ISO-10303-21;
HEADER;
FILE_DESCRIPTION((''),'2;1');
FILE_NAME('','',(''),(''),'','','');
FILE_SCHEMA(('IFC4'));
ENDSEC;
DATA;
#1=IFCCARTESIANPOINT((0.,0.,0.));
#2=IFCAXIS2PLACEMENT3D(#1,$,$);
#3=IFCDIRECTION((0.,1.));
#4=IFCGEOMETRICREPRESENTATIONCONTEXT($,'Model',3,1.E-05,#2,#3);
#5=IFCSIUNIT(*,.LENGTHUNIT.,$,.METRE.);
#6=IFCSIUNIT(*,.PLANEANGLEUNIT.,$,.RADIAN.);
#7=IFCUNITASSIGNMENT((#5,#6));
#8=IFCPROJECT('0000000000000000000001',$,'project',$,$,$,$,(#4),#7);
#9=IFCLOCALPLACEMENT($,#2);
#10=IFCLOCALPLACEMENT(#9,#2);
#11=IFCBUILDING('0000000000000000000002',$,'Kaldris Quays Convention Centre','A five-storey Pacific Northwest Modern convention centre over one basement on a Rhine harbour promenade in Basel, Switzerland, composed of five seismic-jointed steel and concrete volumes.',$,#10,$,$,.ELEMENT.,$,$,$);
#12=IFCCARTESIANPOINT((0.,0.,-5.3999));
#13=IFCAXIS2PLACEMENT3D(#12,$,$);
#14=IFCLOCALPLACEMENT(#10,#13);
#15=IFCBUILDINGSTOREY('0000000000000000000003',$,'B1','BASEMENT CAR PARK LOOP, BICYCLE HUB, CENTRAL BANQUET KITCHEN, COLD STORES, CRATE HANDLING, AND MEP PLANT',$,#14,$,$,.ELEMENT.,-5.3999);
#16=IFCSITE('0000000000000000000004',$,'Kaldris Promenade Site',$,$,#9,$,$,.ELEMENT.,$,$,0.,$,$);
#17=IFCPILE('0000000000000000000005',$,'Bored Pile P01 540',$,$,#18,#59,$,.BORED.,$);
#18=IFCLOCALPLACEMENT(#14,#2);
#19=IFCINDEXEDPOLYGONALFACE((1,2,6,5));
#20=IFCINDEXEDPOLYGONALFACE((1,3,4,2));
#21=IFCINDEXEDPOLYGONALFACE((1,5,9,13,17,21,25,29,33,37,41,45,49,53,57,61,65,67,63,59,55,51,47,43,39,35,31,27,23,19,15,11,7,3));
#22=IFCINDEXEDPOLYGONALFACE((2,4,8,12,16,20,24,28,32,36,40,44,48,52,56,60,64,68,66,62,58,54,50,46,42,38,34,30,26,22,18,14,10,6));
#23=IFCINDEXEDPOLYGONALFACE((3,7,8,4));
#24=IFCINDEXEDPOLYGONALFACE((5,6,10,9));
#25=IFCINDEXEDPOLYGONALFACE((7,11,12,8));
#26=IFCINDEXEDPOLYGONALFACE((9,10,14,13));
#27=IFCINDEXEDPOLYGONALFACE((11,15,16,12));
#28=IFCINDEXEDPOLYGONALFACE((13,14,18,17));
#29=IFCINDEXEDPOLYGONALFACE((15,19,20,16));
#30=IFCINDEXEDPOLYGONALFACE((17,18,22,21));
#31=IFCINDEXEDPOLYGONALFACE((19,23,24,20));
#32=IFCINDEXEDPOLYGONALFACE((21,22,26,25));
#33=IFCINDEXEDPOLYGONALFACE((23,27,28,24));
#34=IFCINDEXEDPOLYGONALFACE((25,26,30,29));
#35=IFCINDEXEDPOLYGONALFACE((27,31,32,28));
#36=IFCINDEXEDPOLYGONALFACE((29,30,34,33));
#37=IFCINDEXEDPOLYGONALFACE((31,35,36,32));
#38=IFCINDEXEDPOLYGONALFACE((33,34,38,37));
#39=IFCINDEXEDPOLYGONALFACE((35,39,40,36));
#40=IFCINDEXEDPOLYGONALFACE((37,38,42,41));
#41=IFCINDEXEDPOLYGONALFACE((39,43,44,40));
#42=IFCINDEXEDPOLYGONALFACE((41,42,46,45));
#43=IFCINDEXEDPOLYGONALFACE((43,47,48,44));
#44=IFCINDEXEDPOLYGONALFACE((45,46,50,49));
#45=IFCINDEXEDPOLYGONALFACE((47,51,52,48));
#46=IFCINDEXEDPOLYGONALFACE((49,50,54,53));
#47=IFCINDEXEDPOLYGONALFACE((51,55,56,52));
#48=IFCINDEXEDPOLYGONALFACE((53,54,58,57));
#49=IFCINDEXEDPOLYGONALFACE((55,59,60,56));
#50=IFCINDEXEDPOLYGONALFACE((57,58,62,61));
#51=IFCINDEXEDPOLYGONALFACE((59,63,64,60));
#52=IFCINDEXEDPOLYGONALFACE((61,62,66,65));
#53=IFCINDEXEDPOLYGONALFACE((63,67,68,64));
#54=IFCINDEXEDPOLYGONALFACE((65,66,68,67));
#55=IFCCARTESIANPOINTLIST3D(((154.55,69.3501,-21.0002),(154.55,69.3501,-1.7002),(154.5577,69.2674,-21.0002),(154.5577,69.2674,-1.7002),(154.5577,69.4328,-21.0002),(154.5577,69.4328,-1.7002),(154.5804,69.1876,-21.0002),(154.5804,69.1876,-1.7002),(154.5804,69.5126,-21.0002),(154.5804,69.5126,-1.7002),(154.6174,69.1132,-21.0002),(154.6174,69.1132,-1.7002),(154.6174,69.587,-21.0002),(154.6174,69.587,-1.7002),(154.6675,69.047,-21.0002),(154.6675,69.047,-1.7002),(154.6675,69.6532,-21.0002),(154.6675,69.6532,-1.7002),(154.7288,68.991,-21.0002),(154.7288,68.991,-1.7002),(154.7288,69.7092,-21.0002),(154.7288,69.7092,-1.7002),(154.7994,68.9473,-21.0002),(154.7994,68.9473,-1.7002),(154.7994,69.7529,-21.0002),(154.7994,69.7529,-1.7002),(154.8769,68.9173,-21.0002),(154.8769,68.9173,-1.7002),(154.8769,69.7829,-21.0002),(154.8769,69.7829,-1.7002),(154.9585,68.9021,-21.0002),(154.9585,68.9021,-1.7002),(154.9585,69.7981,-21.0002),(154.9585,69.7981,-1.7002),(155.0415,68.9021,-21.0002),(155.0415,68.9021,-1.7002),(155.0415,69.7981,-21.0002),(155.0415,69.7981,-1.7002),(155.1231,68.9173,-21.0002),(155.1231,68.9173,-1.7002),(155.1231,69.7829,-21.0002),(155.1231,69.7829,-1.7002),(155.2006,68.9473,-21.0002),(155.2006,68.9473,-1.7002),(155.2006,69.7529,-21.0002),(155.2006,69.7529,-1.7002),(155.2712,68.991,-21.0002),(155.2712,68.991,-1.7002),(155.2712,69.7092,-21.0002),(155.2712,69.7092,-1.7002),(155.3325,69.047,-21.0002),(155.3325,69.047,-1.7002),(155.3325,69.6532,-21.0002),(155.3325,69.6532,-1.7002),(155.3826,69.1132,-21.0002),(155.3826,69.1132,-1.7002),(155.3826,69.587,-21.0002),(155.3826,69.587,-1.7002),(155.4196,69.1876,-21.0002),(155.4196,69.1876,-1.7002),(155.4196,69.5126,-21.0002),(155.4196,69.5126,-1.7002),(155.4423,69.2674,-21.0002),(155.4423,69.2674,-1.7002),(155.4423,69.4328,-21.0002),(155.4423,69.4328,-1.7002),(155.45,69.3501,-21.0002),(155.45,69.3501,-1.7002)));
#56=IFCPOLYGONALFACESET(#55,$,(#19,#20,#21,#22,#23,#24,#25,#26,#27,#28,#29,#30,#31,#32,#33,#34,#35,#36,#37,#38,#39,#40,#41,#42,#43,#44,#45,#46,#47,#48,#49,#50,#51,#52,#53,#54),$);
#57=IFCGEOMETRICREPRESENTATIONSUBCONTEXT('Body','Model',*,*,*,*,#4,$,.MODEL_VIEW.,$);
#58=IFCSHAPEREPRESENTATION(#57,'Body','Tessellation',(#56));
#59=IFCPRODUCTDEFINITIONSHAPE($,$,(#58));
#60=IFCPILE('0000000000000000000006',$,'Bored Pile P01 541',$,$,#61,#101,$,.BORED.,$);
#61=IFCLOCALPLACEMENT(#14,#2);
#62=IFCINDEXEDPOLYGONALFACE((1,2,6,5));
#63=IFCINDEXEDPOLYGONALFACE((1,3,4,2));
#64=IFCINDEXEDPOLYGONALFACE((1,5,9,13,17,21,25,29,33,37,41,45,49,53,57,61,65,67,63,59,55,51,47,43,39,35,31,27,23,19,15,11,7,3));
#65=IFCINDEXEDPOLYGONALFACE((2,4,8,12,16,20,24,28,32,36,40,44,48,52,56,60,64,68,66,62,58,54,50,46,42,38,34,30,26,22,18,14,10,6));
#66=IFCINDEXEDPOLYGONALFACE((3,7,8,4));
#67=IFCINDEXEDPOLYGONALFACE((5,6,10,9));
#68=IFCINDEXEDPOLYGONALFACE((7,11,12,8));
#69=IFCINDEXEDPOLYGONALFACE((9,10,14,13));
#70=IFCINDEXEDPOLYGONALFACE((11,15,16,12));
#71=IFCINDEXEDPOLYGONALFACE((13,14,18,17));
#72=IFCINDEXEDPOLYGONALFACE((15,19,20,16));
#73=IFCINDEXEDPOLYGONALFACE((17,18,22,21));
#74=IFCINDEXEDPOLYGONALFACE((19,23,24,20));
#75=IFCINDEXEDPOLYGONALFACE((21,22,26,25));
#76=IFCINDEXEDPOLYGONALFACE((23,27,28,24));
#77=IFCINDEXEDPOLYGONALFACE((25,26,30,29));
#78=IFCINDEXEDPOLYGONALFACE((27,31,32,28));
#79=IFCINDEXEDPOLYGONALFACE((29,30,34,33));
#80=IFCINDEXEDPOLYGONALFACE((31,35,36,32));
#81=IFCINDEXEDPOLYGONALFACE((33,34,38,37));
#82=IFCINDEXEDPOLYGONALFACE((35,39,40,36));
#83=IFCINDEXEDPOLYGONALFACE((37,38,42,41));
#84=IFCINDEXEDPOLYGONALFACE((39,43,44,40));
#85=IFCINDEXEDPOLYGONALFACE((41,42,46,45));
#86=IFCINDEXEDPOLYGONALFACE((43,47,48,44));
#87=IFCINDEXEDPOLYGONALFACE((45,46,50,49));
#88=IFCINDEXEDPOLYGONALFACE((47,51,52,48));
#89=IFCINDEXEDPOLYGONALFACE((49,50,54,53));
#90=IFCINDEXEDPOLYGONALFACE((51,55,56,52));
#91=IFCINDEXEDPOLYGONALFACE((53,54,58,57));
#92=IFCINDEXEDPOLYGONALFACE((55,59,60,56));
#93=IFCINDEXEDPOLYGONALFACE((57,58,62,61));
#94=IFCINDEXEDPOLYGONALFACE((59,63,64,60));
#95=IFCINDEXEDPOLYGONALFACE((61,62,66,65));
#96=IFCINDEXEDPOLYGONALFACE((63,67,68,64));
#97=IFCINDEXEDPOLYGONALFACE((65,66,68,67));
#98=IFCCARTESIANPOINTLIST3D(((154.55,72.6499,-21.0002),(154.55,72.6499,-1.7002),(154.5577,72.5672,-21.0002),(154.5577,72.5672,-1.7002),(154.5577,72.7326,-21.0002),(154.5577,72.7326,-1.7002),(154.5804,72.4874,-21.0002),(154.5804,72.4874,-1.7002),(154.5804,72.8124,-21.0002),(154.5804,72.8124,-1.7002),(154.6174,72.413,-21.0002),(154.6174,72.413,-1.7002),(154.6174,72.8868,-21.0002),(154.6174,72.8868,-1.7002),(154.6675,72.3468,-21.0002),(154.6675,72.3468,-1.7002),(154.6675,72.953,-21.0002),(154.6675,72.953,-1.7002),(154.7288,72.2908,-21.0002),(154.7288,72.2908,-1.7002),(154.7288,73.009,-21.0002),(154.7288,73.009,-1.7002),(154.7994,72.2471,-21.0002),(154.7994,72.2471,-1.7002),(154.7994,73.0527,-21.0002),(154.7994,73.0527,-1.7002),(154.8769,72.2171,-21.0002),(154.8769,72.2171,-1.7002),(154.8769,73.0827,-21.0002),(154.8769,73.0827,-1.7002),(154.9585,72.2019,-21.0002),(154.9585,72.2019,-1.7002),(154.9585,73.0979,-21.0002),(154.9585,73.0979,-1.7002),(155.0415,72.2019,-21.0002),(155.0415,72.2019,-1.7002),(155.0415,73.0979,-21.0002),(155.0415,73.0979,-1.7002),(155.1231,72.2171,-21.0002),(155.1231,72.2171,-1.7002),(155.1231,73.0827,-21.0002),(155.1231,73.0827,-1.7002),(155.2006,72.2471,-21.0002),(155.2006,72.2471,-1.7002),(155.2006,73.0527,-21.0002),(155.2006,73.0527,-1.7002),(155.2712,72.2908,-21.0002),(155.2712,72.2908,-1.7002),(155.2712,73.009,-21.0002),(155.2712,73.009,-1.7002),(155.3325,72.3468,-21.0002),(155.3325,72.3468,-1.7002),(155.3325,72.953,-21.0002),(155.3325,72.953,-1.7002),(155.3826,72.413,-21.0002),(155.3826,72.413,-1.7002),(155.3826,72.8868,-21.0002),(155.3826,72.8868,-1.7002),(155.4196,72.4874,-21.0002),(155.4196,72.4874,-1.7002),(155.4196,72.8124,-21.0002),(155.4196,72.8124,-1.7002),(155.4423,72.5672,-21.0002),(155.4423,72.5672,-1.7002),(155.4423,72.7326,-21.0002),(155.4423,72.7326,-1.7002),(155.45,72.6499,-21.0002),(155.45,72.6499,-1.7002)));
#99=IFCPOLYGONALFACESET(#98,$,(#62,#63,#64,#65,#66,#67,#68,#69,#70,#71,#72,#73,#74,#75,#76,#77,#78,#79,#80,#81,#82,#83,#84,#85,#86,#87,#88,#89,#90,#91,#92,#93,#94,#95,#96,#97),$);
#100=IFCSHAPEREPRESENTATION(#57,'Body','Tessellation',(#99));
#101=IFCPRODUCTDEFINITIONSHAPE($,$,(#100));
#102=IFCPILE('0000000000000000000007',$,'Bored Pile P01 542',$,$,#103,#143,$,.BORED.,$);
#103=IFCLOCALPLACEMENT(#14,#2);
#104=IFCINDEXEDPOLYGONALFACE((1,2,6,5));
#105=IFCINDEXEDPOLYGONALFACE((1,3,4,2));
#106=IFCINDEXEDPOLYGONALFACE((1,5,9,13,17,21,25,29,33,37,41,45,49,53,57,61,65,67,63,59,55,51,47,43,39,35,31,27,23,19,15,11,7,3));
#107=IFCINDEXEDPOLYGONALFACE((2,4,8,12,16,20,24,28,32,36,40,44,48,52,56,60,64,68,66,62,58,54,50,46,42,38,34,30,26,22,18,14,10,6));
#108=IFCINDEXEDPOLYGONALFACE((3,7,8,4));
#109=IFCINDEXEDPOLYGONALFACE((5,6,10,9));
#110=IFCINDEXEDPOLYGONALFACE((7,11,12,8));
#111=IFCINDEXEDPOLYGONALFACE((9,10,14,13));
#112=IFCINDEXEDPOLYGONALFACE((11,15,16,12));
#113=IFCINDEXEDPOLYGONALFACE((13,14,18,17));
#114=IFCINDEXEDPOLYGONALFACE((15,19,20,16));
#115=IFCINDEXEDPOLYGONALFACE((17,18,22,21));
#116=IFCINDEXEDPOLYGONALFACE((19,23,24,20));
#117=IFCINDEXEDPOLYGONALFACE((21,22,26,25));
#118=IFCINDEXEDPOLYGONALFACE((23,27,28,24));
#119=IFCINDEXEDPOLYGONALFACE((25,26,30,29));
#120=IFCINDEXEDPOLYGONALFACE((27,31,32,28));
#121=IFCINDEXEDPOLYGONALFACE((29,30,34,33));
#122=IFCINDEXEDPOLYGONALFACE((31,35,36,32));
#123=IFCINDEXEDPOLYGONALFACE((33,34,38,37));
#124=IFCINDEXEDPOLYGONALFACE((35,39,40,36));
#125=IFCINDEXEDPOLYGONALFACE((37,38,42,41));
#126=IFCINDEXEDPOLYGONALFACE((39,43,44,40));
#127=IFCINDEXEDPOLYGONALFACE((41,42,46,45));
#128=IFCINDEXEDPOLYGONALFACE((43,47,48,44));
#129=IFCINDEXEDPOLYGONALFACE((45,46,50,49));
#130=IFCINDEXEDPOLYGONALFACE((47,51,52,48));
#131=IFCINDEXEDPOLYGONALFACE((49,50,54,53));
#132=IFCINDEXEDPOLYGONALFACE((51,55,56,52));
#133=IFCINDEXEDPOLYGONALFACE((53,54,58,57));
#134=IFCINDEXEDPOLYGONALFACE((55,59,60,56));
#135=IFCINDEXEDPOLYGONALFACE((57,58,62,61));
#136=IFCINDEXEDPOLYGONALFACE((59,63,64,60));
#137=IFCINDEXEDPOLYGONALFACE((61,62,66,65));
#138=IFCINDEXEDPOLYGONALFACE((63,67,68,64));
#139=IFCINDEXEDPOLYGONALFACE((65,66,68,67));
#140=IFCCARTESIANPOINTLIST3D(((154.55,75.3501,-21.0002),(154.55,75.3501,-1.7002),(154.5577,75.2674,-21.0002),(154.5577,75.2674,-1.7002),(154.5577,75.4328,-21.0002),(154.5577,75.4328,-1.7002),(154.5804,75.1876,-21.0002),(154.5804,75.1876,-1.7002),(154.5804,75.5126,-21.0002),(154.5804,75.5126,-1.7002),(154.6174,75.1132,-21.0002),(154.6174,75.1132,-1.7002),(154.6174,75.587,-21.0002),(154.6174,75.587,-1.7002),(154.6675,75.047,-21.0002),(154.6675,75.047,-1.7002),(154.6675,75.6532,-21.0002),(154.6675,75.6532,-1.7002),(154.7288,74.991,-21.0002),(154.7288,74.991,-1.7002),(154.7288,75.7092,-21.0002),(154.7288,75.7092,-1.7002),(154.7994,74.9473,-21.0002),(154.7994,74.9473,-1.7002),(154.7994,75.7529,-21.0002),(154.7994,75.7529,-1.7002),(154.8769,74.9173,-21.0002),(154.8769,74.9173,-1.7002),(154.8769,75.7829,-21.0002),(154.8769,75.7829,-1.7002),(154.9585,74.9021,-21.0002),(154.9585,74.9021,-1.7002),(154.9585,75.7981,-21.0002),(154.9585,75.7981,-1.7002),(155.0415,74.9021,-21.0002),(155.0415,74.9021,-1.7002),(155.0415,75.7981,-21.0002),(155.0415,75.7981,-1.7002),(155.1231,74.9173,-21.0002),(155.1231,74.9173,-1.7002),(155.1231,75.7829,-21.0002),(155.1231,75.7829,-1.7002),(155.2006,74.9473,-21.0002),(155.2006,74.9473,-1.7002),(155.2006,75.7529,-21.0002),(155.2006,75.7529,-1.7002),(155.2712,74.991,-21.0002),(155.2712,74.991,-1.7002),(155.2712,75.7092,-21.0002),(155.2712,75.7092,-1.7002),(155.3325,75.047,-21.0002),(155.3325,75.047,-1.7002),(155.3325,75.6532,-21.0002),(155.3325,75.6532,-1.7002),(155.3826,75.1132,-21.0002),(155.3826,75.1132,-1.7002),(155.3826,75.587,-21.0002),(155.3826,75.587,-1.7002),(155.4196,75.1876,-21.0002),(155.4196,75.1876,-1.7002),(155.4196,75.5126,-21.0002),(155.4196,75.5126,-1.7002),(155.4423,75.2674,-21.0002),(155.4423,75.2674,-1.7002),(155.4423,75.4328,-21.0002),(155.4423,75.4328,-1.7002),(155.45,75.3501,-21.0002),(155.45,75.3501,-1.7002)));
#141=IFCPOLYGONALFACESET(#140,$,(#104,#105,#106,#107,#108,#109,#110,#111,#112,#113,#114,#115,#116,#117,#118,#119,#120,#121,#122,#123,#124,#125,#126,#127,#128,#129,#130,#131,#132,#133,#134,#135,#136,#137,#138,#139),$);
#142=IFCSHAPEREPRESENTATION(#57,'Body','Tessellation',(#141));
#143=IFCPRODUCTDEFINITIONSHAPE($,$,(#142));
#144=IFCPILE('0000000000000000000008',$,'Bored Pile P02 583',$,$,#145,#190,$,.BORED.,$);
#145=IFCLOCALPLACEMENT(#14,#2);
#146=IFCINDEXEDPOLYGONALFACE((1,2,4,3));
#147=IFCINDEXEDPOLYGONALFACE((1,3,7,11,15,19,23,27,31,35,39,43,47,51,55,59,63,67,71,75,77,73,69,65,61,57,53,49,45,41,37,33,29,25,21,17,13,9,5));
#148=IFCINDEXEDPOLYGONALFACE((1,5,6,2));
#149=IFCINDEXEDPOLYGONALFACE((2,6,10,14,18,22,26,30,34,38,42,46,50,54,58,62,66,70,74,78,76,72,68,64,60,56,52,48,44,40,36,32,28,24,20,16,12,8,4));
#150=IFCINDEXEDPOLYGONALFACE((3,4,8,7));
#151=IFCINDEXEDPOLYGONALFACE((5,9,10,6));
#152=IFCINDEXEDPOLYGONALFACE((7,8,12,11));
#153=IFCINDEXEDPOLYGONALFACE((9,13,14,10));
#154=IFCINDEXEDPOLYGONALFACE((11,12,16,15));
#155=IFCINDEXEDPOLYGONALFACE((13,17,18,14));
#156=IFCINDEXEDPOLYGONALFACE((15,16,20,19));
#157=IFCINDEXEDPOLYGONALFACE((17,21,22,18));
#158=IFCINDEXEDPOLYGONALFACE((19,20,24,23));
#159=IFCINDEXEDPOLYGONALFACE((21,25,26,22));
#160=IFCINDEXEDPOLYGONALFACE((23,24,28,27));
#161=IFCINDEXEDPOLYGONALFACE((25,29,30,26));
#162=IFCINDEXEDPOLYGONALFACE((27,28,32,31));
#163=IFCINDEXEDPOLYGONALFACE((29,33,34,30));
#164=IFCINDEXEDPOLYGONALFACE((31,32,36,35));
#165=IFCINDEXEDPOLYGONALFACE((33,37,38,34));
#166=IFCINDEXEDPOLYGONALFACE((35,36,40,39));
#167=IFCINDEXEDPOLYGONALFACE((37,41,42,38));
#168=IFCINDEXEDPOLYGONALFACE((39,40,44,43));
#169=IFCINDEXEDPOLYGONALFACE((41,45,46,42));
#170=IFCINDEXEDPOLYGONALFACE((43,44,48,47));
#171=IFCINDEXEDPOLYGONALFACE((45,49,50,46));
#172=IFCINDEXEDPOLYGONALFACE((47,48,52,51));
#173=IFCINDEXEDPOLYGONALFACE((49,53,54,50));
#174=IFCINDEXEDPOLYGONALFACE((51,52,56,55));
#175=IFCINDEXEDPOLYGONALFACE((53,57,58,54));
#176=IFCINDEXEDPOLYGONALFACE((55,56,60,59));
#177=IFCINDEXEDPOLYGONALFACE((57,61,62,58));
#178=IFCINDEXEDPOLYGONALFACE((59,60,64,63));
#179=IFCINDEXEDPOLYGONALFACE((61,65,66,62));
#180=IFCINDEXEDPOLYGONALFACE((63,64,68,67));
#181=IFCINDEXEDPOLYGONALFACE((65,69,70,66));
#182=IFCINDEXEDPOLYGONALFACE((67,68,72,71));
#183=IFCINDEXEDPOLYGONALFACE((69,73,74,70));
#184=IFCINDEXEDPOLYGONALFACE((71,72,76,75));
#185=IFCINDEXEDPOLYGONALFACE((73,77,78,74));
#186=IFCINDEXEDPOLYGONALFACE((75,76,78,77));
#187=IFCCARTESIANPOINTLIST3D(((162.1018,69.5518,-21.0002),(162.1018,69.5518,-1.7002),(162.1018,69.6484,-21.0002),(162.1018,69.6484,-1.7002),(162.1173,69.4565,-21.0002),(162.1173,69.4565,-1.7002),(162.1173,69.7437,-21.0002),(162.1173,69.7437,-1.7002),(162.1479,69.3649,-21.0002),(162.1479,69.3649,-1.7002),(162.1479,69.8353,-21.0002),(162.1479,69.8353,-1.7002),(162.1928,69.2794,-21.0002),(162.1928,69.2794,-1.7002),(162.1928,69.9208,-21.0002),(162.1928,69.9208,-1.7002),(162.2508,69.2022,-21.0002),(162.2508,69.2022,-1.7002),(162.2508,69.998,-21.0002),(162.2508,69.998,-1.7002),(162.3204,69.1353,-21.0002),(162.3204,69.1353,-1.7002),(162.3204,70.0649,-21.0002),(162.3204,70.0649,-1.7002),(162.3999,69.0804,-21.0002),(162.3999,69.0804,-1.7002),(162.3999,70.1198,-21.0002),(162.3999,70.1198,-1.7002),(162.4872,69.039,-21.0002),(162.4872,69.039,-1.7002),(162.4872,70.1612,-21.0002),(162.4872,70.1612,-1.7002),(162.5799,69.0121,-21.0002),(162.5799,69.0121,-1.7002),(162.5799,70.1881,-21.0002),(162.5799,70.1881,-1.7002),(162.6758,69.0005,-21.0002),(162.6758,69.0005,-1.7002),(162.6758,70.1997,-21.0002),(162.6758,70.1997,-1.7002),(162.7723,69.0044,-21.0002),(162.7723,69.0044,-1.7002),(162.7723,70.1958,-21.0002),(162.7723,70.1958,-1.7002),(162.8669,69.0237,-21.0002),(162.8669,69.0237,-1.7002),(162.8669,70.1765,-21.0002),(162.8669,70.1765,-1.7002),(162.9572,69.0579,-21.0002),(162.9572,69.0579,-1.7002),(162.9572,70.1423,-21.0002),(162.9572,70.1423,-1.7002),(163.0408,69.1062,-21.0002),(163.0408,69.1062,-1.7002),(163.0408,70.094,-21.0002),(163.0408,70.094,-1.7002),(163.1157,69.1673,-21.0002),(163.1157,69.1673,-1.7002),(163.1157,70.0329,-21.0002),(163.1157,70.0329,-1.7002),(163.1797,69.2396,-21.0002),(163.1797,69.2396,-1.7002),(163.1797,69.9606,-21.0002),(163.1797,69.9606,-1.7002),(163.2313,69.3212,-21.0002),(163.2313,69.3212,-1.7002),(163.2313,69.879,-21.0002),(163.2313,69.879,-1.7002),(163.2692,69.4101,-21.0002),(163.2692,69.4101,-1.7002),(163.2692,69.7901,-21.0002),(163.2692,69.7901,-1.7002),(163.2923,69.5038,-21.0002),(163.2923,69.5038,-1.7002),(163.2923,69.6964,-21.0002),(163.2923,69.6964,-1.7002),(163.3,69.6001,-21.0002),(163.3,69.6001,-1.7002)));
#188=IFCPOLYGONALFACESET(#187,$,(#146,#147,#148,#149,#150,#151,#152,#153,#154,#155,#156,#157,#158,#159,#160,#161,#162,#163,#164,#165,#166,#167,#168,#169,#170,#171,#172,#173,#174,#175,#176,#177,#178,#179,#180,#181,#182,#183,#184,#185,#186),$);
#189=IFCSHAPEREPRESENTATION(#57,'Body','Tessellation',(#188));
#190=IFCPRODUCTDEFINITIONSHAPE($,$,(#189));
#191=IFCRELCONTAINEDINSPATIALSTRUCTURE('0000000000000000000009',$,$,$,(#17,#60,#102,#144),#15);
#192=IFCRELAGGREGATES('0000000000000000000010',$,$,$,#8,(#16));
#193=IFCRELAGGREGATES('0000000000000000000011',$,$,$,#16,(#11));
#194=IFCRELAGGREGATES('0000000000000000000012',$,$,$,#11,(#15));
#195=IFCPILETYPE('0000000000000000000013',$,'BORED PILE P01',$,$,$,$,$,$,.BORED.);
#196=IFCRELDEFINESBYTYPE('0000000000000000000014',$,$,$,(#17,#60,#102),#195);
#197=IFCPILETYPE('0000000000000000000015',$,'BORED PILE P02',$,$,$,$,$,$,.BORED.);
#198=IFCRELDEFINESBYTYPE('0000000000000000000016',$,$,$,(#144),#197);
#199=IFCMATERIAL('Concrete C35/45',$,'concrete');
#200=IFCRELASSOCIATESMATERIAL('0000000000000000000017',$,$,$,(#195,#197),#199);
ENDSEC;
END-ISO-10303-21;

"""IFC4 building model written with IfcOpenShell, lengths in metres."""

from ifc_helpers import new_model, si_unit, direction, frame, origin, origin_2d, place, context, subcontext, project, spatial, circle, extrude, material, material_profile, profile_set, type_object, element, save


model = new_model("IFC4")

# Units and contexts
model_context = context("Model", 3, precision=1e-05, world=origin(), true_north=direction((0.0, 1.0)))
body_context = subcontext(model_context, "Body", "Model", "MODEL_VIEW")
ifc_project = project(units=[si_unit("LENGTHUNIT", "METRE"), si_unit("PLANEANGLEUNIT", "RADIAN")], contexts=[model_context])

# Site, building, storey
site_placement = place(None, origin())
site = spatial("IfcSite", under=ifc_project, at=site_placement, Name="Kaldris Promenade Site", CompositionType="ELEMENT", RefElevation=0.0)
building_placement = place(site_placement, origin())
building = spatial("IfcBuilding", under=site, at=building_placement, Name="Kaldris Quays Convention Centre", Description="A five-storey Pacific Northwest Modern convention centre over one basement on a Rhine harbour promenade in Basel, Switzerland, composed of five seismic-jointed steel and concrete volumes.", CompositionType="ELEMENT")
storey_placement = place(building_placement, frame((0.0, 0.0, -5.3999)))
storey = spatial("IfcBuildingStorey", under=building, at=storey_placement, Name="B1", Description="BASEMENT CAR PARK LOOP, BICYCLE HUB, CENTRAL BANQUET KITCHEN, COLD STORES, CRATE HANDLING, AND MEP PLANT", CompositionType="ELEMENT", Elevation=-5.3999)

# Piles
ifc_material_1 = material(Name="Concrete C35/45", Category="concrete")
ifc_material_profile_1 = material_profile(ifc_material_1, circle(Radius=0.45, at=origin_2d()), Name="BORED PILE D900")
ifc_profile_set_1 = profile_set([ifc_material_profile_1], Name="Concrete C35/45")
pile_type_1 = type_object("IfcPileType", Name="BORED PILE P01", PredefinedType="BORED", material=ifc_profile_set_1)
for number, where, z_axis, x_axis, name in (
    (1, (155.0, 69.3501, -1.7002), (0.0, 0.0, -1.0), (1.0, 0.0, 0.0), "Bored Pile P01 540"),
    (2, (155.0, 72.6499, -1.7002), (0.0, 0.0, -1.0), (1.0, 0.0, 0.0), "Bored Pile P01 541"),
    (3, (155.0, 75.3501, -1.7002), (0.0, 0.0, -1.0), (1.0, 0.0, 0.0), "Bored Pile P01 542"),
):
    element("IfcPile", number, at=place(storey_placement, frame(where, z_axis=z_axis, x_axis=x_axis)), inside=storey, type_object=pile_type_1, Name=name, PredefinedType="BORED", context=body_context, shape_type="SweptSolid", body=[
        extrude(circle(Radius=0.45, at=origin_2d()), origin(), (0.0, 0.0, 1.0), 19.3),
    ])
ifc_material_profile_2 = material_profile(ifc_material_1, circle(Radius=0.6001, at=origin_2d()), Name="BORED PILE D1200")
ifc_profile_set_2 = profile_set([ifc_material_profile_2], Name="Concrete C35/45")
pile_type_2 = type_object("IfcPileType", Name="BORED PILE P02", PredefinedType="BORED", material=ifc_profile_set_2)
for number, where, z_axis, x_axis, name in (
    (4, (162.7, 69.6001, -1.7002), (0.0, 0.0, -1.0), (1.0, 0.0, 0.0), "Bored Pile P02 583"),
):
    element("IfcPile", number, at=place(storey_placement, frame(where, z_axis=z_axis, x_axis=x_axis)), inside=storey, type_object=pile_type_2, Name=name, PredefinedType="BORED", context=body_context, shape_type="SweptSolid", body=[
        extrude(circle(Radius=0.6001, at=origin_2d()), origin(), (0.0, 0.0, 1.0), 19.3),
    ])

save(model, "model.ifc")
